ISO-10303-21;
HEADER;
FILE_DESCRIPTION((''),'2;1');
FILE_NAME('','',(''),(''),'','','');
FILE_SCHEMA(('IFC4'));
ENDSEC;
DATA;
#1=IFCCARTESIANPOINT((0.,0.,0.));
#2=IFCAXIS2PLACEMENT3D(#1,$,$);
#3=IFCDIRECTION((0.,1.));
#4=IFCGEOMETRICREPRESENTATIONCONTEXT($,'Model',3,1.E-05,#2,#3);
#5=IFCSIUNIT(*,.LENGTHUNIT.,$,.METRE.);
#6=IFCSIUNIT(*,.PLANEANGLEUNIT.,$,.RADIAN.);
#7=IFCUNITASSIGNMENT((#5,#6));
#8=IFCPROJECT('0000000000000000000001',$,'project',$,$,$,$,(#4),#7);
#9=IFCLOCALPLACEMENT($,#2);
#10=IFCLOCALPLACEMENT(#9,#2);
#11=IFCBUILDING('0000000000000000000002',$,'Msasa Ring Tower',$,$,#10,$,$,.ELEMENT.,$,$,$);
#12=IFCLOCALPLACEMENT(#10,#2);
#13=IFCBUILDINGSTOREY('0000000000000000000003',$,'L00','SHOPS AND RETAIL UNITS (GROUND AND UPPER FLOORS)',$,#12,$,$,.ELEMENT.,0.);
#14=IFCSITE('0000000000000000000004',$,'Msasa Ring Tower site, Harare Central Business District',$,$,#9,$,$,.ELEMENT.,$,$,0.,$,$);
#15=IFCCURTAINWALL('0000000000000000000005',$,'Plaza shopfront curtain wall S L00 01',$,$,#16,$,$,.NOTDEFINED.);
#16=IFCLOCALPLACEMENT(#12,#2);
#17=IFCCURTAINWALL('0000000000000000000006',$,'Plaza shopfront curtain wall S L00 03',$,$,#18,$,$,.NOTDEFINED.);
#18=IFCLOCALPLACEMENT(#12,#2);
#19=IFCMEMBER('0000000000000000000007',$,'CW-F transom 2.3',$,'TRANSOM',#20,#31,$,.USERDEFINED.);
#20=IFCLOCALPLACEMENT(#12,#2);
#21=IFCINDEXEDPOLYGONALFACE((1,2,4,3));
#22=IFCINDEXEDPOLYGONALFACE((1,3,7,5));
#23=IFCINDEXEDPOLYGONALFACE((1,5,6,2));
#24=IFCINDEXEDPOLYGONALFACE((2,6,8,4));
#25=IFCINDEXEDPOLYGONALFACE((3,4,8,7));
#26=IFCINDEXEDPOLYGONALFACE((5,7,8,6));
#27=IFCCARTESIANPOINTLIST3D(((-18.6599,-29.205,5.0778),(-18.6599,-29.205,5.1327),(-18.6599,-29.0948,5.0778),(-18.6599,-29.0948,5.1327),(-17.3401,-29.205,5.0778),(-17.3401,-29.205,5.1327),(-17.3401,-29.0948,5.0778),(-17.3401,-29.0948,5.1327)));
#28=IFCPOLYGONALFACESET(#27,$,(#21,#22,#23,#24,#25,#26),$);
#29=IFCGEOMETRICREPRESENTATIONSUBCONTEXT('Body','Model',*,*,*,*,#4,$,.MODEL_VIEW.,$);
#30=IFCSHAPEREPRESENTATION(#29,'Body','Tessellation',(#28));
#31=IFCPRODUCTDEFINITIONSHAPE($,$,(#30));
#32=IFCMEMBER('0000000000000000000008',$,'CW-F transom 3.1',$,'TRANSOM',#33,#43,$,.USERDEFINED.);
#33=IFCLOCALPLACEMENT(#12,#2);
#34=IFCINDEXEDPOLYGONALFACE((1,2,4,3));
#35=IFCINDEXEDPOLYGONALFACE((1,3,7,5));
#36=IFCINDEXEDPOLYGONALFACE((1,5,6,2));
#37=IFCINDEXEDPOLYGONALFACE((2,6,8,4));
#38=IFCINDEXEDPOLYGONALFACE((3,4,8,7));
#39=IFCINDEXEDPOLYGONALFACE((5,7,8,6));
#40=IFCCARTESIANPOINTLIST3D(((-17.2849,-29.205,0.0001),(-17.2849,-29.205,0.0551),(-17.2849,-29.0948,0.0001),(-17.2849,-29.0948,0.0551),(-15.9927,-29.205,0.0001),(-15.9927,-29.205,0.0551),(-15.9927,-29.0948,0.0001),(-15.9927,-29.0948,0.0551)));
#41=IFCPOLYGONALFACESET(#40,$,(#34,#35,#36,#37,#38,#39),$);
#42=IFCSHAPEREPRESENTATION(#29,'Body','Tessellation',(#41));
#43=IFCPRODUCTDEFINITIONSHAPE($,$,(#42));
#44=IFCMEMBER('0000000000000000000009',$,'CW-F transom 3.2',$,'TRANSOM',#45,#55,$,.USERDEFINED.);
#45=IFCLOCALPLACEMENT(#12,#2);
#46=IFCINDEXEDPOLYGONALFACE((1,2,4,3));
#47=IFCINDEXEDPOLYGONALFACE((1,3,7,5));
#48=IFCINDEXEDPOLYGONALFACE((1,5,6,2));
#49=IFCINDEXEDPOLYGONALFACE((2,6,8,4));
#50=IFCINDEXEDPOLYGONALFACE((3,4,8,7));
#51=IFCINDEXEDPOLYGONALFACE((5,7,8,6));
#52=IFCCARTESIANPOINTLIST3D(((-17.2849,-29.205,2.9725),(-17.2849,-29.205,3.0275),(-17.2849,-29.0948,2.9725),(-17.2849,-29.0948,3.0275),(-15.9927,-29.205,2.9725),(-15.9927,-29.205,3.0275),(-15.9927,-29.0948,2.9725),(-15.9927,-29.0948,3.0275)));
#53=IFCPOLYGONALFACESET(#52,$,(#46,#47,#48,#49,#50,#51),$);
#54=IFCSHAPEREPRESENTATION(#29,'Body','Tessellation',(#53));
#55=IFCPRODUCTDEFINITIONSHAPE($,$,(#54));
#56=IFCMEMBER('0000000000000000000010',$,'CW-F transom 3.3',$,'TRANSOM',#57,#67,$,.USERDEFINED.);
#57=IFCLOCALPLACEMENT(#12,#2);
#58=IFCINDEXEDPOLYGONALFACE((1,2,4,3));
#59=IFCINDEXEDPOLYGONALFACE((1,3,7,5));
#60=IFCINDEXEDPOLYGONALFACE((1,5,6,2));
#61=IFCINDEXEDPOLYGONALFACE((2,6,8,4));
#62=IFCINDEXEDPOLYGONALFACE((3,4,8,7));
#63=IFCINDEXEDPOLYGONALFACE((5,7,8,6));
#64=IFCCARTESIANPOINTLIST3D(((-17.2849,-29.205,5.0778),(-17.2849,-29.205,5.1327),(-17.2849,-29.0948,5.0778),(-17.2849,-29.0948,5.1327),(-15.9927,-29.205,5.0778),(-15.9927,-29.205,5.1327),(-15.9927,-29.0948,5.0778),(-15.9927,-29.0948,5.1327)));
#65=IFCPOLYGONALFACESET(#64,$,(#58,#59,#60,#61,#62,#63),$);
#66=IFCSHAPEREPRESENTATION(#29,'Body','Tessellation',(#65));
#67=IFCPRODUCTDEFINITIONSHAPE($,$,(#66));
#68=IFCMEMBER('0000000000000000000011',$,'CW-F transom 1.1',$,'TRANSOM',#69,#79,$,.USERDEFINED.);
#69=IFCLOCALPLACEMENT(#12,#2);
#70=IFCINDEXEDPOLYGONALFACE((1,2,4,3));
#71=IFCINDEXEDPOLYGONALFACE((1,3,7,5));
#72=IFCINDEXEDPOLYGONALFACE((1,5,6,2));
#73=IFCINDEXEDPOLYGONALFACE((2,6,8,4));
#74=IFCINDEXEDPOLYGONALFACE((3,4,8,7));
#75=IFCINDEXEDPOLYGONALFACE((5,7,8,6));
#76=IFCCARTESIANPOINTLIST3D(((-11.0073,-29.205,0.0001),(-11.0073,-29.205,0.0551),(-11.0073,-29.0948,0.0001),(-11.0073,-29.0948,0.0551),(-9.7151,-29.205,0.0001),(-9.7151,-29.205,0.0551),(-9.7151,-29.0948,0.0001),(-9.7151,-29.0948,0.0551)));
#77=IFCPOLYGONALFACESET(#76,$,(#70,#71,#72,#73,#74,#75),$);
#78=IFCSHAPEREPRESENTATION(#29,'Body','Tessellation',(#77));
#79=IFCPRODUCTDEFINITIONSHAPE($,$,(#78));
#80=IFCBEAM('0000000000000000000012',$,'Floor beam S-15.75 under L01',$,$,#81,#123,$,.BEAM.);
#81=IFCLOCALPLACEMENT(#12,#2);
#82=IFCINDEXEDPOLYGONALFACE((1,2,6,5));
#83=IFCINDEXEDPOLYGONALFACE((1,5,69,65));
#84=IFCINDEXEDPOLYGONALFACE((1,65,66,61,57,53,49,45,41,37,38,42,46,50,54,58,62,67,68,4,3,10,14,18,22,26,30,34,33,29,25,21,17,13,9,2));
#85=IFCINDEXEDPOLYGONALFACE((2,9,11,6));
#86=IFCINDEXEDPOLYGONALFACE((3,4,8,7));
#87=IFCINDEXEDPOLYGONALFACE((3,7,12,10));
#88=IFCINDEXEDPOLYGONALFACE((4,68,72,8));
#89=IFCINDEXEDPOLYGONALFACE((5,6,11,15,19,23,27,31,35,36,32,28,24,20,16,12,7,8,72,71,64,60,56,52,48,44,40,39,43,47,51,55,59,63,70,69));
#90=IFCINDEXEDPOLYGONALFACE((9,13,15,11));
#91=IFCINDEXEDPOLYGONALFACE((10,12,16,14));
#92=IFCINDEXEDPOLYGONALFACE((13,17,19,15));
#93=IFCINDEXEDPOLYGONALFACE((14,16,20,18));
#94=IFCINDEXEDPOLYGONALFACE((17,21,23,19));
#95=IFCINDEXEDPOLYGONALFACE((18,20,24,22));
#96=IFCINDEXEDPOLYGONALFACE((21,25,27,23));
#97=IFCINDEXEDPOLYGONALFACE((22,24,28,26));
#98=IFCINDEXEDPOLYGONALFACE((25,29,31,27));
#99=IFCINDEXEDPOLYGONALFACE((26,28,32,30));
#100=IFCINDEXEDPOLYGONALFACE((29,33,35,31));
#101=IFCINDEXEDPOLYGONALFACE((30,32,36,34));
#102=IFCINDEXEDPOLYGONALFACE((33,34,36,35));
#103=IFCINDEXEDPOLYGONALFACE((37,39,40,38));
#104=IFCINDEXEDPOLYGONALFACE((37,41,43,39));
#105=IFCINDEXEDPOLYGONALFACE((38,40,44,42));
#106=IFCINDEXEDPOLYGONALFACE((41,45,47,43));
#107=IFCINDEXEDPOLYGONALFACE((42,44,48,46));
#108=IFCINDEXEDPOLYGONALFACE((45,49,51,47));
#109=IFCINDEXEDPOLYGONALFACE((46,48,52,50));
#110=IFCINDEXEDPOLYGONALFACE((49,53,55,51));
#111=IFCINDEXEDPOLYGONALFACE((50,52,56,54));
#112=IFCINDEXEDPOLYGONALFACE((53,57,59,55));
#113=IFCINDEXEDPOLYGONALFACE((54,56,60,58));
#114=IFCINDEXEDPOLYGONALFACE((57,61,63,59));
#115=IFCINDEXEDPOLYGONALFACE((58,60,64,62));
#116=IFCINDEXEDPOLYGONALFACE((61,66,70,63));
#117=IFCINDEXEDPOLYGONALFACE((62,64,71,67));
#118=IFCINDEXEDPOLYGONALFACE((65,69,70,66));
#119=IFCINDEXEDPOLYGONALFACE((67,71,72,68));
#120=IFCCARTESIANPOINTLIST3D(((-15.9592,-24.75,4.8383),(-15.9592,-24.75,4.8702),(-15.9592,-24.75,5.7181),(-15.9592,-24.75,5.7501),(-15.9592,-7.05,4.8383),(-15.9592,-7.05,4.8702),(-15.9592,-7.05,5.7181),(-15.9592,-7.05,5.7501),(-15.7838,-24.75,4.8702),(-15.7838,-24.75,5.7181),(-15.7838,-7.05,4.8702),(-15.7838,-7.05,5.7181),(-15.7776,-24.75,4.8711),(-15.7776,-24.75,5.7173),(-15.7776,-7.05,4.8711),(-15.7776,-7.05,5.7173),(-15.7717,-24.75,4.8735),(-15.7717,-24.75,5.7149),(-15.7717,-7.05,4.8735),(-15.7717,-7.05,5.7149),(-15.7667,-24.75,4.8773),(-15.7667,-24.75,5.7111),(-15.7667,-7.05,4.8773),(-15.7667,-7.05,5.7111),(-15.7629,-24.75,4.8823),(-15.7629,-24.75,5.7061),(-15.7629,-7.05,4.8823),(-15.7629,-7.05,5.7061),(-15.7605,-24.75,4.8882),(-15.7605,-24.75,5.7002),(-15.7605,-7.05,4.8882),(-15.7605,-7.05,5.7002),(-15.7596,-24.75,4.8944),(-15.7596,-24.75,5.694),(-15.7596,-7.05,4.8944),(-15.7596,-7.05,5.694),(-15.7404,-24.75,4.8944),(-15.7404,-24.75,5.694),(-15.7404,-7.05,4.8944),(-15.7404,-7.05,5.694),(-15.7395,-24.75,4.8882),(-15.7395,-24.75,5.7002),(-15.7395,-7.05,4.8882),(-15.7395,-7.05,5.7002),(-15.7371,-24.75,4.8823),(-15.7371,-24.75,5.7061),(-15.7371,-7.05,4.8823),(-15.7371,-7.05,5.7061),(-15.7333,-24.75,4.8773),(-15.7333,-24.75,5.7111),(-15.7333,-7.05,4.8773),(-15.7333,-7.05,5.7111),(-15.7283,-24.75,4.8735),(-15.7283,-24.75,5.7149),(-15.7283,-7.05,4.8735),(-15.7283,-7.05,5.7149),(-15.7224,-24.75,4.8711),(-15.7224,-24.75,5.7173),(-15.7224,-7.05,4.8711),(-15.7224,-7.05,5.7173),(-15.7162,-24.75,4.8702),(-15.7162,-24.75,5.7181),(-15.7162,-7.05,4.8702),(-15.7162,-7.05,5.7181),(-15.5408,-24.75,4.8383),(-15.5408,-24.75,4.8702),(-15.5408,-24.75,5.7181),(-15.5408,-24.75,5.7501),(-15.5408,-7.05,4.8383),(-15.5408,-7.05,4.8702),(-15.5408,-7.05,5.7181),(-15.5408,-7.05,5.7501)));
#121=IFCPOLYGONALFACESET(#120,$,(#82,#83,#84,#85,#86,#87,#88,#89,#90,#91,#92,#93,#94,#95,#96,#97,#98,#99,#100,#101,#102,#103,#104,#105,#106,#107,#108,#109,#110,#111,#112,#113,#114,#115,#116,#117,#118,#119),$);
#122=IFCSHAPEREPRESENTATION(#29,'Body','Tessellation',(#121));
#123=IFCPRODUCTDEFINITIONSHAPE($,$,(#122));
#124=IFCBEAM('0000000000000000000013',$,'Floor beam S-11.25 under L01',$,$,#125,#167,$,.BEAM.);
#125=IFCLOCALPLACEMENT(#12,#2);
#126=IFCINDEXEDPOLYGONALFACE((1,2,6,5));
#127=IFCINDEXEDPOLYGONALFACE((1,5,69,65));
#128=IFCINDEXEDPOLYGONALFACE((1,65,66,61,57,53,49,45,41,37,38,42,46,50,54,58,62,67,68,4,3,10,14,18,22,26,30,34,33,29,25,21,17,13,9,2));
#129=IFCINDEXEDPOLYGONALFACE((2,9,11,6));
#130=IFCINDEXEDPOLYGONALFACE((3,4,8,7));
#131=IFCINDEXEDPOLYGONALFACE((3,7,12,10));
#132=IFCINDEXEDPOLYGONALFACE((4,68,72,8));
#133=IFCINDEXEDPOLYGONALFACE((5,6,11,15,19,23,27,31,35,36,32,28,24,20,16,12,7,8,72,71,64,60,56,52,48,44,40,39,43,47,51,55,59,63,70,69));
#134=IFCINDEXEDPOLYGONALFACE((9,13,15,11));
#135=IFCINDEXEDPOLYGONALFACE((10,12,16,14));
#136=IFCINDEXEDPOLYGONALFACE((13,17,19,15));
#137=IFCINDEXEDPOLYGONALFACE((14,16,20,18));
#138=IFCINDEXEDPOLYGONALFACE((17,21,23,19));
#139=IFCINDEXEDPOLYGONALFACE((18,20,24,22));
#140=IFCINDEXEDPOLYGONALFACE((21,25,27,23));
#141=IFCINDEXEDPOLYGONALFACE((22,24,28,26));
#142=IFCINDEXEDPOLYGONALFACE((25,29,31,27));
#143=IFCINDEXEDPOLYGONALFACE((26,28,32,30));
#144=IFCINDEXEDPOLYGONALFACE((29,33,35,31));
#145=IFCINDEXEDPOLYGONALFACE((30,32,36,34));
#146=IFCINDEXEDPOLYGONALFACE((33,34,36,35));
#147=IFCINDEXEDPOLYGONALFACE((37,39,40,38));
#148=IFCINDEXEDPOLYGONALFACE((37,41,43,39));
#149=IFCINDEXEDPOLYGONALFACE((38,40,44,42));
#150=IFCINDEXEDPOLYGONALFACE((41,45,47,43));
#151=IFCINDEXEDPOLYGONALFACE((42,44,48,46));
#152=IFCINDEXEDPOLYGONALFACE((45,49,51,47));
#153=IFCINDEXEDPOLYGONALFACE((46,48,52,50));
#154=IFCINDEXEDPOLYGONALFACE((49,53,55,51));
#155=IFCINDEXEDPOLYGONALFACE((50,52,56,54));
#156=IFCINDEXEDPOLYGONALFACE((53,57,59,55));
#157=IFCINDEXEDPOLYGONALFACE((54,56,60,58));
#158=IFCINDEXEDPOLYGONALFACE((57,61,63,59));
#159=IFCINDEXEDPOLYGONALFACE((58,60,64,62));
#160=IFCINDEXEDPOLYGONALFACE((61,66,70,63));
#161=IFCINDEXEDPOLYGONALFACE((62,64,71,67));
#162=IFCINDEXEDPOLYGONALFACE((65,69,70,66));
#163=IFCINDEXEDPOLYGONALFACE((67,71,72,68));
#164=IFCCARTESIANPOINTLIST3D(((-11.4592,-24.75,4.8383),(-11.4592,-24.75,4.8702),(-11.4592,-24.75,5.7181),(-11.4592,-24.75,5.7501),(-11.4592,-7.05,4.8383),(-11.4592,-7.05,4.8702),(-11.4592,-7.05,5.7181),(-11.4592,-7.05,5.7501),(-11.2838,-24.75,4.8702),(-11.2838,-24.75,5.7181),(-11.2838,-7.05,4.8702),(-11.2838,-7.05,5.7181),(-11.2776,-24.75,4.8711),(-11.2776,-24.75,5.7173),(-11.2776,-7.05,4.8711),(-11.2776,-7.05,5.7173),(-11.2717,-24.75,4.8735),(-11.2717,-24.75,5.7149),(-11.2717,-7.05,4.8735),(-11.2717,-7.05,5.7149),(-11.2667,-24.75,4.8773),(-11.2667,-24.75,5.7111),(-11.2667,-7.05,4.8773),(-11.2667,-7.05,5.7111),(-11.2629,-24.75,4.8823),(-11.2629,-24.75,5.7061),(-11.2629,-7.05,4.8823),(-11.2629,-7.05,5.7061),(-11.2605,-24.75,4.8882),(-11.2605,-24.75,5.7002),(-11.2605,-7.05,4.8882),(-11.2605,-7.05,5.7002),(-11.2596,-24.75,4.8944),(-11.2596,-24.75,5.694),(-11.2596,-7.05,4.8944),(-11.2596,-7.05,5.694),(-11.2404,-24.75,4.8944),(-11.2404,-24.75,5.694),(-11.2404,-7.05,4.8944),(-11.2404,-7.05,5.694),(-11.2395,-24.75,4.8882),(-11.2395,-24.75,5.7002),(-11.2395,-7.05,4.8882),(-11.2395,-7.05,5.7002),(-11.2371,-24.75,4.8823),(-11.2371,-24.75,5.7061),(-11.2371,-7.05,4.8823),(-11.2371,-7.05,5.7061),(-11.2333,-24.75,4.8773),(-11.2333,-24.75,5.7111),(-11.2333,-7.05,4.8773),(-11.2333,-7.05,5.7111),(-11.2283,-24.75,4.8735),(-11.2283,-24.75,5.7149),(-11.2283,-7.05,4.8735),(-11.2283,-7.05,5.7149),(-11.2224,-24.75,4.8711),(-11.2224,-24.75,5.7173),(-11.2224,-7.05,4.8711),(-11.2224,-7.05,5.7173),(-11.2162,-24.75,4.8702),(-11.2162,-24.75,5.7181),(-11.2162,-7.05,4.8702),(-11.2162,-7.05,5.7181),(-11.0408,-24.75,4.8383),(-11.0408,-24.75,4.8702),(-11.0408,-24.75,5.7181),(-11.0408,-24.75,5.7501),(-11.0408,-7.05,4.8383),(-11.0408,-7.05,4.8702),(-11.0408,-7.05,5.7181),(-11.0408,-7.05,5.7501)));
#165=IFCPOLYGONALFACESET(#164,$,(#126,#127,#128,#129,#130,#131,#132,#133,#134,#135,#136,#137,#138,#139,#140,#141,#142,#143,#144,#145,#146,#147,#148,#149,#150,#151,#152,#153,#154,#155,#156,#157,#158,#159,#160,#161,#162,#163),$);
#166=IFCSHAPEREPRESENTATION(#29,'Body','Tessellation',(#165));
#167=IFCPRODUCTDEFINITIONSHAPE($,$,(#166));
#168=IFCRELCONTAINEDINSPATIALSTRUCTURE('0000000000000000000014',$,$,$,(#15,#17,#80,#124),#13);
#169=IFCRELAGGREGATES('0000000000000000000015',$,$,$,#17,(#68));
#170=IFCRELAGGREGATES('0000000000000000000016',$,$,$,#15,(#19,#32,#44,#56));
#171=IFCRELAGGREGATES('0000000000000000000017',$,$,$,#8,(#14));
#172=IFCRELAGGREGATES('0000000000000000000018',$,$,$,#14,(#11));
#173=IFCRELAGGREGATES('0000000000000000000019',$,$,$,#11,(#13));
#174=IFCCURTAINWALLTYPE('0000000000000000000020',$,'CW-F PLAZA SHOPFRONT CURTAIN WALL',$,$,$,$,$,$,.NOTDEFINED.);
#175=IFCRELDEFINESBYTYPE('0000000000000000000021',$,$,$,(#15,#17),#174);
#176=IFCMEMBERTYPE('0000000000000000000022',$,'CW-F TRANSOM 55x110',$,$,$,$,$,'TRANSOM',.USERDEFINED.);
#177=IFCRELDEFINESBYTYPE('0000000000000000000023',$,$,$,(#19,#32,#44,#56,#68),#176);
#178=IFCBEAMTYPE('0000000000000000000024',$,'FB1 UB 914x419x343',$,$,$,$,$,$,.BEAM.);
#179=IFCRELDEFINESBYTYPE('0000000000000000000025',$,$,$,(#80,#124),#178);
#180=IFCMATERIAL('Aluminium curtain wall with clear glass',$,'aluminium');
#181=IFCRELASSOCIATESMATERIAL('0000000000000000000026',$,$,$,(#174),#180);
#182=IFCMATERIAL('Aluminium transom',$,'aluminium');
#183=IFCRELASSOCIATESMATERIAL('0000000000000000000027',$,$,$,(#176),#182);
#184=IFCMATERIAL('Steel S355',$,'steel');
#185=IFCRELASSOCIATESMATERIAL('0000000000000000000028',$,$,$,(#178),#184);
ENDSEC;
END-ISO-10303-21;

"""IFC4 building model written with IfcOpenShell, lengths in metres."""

from ifc_helpers import new_model, si_unit, direction, frame, origin, origin_2d, place, context, subcontext, project, spatial, rectangle, i_section, extrude, material, material_profile, profile_set, type_object, element, aggregate, save


model = new_model("IFC4")

# Units and contexts
model_context = context("Model", 3, precision=1e-05, world=origin(), true_north=direction((0.0, 1.0)))
body_context = subcontext(model_context, "Body", "Model", "MODEL_VIEW")
ifc_project = project(units=[si_unit("LENGTHUNIT", "METRE"), si_unit("PLANEANGLEUNIT", "RADIAN")], contexts=[model_context])

# Site, building, storey
site_placement = place(None, origin())
site = spatial("IfcSite", under=ifc_project, at=site_placement, Name="Msasa Ring Tower site, Harare Central Business District", CompositionType="ELEMENT", RefElevation=0.0)
building_placement = place(site_placement, origin())
building = spatial("IfcBuilding", under=site, at=building_placement, Name="Msasa Ring Tower", CompositionType="ELEMENT")
storey_placement = place(building_placement, origin())
storey = spatial("IfcBuildingStorey", under=building, at=storey_placement, Name="L00", Description="SHOPS AND RETAIL UNITS (GROUND AND UPPER FLOORS)", CompositionType="ELEMENT", Elevation=0.0)

# Curtain wall
ifc_material_1 = material(Name="Aluminium curtain wall with clear glass", Category="aluminium")
curtain_wall_type = type_object("IfcCurtainWallType", Name="CW-F PLAZA SHOPFRONT CURTAIN WALL", PredefinedType="NOTDEFINED", material=ifc_material_1)
curtain_wall_1_placement = place(storey_placement, origin())
curtain_wall_1 = element("IfcCurtainWall", 1, at=curtain_wall_1_placement, inside=storey, type_object=curtain_wall_type, Name="Plaza shopfront curtain wall S L00 01", PredefinedType="NOTDEFINED")

# Curtain wall
curtain_wall_2_placement = place(storey_placement, origin())
curtain_wall_2 = element("IfcCurtainWall", 2, at=curtain_wall_2_placement, inside=storey, type_object=curtain_wall_type, Name="Plaza shopfront curtain wall S L00 03", PredefinedType="NOTDEFINED")

# Members
ifc_material_2 = material(Name="Aluminium transom", Category="aluminium")
ifc_material_profile_1 = material_profile(ifc_material_2, rectangle(XDim=0.1101, YDim=0.0549, at=origin_2d()), Name="AL 55x110")
ifc_profile_set_1 = profile_set([ifc_material_profile_1], Name="Aluminium transom")
member_type_1 = type_object("IfcMemberType", Name="CW-F TRANSOM 55x110", ElementType="TRANSOM", PredefinedType="USERDEFINED", material=ifc_profile_set_1)
member_1_placement = place(storey_placement, frame((-18.6599, -29.1499, 5.1052), z_axis=(1.0, 0.0, 0.0), x_axis=(0.0, 1.0, 0.0)))
member_1 = element("IfcMember", 3, at=member_1_placement, type_object=member_type_1, Name="CW-F transom 2.3", ObjectType="TRANSOM", PredefinedType="USERDEFINED", context=body_context, shape_type="SweptSolid", body=[
    extrude(rectangle(XDim=0.1101, YDim=0.0549, at=origin_2d()), origin(), (0.0, 0.0, 1.0), 1.3198),
])
member_2_placement = place(storey_placement, frame((-17.2849, -29.1499, 0.0276), z_axis=(1.0, 0.0, 0.0), x_axis=(0.0, 1.0, 0.0)))
member_2 = element("IfcMember", 4, at=member_2_placement, type_object=member_type_1, Name="CW-F transom 3.1", ObjectType="TRANSOM", PredefinedType="USERDEFINED", context=body_context, shape_type="SweptSolid", body=[
    extrude(rectangle(XDim=0.1101, YDim=0.0549, at=origin_2d()), origin(), (0.0, 0.0, 1.0), 1.2922),
])
member_3_placement = place(storey_placement, frame((-17.2849, -29.1499, 3.0), z_axis=(1.0, 0.0, 0.0), x_axis=(0.0, 1.0, 0.0)))
member_3 = element("IfcMember", 5, at=member_3_placement, type_object=member_type_1, Name="CW-F transom 3.2", ObjectType="TRANSOM", PredefinedType="USERDEFINED", context=body_context, shape_type="SweptSolid", body=[
    extrude(rectangle(XDim=0.1101, YDim=0.0549, at=origin_2d()), origin(), (0.0, 0.0, 1.0), 1.2922),
])
member_4_placement = place(storey_placement, frame((-17.2849, -29.1499, 5.1052), z_axis=(1.0, 0.0, 0.0), x_axis=(0.0, 1.0, 0.0)))
member_4 = element("IfcMember", 6, at=member_4_placement, type_object=member_type_1, Name="CW-F transom 3.3", ObjectType="TRANSOM", PredefinedType="USERDEFINED", context=body_context, shape_type="SweptSolid", body=[
    extrude(rectangle(XDim=0.1101, YDim=0.0549, at=origin_2d()), origin(), (0.0, 0.0, 1.0), 1.2922),
])
member_5_placement = place(storey_placement, frame((-11.0073, -29.1499, 0.0276), z_axis=(1.0, 0.0, 0.0), x_axis=(0.0, 1.0, 0.0)))
member_5 = element("IfcMember", 7, at=member_5_placement, type_object=member_type_1, Name="CW-F transom 1.1", ObjectType="TRANSOM", PredefinedType="USERDEFINED", context=body_context, shape_type="SweptSolid", body=[
    extrude(rectangle(XDim=0.1101, YDim=0.0549, at=origin_2d()), origin(), (0.0, 0.0, 1.0), 1.2922),
])
aggregate(curtain_wall_2, [member_5])

# Beams
ifc_material_3 = material(Name="Steel S355", Category="steel")
ifc_material_profile_2 = material_profile(ifc_material_3, i_section(OverallWidth=0.4185, OverallDepth=0.9119, WebThickness=0.0193, FlangeThickness=0.032, FilletRadius=0.0242, at=origin_2d()), Name="UB 914x419x343")
ifc_profile_set_2 = profile_set([ifc_material_profile_2], Name="Steel S355")
beam_type_1 = type_object("IfcBeamType", Name="FB1 UB 914x419x343", PredefinedType="BEAM", material=ifc_profile_set_2)
for number, where, z_axis, x_axis, name in (
    (8, (-15.75, -24.75, 5.2942), (0.0, 1.0, 0.0), (-1.0, 0.0, 0.0), "Floor beam S-15.75 under L01"),
    (9, (-11.25, -24.75, 5.2942), (0.0, 1.0, 0.0), (-1.0, 0.0, 0.0), "Floor beam S-11.25 under L01"),
):
    element("IfcBeam", number, at=place(storey_placement, frame(where, z_axis=z_axis, x_axis=x_axis)), inside=storey, type_object=beam_type_1, Name=name, PredefinedType="BEAM", context=body_context, shape_type="SweptSolid", body=[
        extrude(i_section(OverallWidth=0.4185, OverallDepth=0.9119, WebThickness=0.0193, FlangeThickness=0.032, FilletRadius=0.0242, at=origin_2d()), origin(), (0.0, 0.0, 1.0), 17.7),
    ])

aggregate(curtain_wall_1, [member_1, member_2, member_3, member_4])

save(model, "model.ifc")
